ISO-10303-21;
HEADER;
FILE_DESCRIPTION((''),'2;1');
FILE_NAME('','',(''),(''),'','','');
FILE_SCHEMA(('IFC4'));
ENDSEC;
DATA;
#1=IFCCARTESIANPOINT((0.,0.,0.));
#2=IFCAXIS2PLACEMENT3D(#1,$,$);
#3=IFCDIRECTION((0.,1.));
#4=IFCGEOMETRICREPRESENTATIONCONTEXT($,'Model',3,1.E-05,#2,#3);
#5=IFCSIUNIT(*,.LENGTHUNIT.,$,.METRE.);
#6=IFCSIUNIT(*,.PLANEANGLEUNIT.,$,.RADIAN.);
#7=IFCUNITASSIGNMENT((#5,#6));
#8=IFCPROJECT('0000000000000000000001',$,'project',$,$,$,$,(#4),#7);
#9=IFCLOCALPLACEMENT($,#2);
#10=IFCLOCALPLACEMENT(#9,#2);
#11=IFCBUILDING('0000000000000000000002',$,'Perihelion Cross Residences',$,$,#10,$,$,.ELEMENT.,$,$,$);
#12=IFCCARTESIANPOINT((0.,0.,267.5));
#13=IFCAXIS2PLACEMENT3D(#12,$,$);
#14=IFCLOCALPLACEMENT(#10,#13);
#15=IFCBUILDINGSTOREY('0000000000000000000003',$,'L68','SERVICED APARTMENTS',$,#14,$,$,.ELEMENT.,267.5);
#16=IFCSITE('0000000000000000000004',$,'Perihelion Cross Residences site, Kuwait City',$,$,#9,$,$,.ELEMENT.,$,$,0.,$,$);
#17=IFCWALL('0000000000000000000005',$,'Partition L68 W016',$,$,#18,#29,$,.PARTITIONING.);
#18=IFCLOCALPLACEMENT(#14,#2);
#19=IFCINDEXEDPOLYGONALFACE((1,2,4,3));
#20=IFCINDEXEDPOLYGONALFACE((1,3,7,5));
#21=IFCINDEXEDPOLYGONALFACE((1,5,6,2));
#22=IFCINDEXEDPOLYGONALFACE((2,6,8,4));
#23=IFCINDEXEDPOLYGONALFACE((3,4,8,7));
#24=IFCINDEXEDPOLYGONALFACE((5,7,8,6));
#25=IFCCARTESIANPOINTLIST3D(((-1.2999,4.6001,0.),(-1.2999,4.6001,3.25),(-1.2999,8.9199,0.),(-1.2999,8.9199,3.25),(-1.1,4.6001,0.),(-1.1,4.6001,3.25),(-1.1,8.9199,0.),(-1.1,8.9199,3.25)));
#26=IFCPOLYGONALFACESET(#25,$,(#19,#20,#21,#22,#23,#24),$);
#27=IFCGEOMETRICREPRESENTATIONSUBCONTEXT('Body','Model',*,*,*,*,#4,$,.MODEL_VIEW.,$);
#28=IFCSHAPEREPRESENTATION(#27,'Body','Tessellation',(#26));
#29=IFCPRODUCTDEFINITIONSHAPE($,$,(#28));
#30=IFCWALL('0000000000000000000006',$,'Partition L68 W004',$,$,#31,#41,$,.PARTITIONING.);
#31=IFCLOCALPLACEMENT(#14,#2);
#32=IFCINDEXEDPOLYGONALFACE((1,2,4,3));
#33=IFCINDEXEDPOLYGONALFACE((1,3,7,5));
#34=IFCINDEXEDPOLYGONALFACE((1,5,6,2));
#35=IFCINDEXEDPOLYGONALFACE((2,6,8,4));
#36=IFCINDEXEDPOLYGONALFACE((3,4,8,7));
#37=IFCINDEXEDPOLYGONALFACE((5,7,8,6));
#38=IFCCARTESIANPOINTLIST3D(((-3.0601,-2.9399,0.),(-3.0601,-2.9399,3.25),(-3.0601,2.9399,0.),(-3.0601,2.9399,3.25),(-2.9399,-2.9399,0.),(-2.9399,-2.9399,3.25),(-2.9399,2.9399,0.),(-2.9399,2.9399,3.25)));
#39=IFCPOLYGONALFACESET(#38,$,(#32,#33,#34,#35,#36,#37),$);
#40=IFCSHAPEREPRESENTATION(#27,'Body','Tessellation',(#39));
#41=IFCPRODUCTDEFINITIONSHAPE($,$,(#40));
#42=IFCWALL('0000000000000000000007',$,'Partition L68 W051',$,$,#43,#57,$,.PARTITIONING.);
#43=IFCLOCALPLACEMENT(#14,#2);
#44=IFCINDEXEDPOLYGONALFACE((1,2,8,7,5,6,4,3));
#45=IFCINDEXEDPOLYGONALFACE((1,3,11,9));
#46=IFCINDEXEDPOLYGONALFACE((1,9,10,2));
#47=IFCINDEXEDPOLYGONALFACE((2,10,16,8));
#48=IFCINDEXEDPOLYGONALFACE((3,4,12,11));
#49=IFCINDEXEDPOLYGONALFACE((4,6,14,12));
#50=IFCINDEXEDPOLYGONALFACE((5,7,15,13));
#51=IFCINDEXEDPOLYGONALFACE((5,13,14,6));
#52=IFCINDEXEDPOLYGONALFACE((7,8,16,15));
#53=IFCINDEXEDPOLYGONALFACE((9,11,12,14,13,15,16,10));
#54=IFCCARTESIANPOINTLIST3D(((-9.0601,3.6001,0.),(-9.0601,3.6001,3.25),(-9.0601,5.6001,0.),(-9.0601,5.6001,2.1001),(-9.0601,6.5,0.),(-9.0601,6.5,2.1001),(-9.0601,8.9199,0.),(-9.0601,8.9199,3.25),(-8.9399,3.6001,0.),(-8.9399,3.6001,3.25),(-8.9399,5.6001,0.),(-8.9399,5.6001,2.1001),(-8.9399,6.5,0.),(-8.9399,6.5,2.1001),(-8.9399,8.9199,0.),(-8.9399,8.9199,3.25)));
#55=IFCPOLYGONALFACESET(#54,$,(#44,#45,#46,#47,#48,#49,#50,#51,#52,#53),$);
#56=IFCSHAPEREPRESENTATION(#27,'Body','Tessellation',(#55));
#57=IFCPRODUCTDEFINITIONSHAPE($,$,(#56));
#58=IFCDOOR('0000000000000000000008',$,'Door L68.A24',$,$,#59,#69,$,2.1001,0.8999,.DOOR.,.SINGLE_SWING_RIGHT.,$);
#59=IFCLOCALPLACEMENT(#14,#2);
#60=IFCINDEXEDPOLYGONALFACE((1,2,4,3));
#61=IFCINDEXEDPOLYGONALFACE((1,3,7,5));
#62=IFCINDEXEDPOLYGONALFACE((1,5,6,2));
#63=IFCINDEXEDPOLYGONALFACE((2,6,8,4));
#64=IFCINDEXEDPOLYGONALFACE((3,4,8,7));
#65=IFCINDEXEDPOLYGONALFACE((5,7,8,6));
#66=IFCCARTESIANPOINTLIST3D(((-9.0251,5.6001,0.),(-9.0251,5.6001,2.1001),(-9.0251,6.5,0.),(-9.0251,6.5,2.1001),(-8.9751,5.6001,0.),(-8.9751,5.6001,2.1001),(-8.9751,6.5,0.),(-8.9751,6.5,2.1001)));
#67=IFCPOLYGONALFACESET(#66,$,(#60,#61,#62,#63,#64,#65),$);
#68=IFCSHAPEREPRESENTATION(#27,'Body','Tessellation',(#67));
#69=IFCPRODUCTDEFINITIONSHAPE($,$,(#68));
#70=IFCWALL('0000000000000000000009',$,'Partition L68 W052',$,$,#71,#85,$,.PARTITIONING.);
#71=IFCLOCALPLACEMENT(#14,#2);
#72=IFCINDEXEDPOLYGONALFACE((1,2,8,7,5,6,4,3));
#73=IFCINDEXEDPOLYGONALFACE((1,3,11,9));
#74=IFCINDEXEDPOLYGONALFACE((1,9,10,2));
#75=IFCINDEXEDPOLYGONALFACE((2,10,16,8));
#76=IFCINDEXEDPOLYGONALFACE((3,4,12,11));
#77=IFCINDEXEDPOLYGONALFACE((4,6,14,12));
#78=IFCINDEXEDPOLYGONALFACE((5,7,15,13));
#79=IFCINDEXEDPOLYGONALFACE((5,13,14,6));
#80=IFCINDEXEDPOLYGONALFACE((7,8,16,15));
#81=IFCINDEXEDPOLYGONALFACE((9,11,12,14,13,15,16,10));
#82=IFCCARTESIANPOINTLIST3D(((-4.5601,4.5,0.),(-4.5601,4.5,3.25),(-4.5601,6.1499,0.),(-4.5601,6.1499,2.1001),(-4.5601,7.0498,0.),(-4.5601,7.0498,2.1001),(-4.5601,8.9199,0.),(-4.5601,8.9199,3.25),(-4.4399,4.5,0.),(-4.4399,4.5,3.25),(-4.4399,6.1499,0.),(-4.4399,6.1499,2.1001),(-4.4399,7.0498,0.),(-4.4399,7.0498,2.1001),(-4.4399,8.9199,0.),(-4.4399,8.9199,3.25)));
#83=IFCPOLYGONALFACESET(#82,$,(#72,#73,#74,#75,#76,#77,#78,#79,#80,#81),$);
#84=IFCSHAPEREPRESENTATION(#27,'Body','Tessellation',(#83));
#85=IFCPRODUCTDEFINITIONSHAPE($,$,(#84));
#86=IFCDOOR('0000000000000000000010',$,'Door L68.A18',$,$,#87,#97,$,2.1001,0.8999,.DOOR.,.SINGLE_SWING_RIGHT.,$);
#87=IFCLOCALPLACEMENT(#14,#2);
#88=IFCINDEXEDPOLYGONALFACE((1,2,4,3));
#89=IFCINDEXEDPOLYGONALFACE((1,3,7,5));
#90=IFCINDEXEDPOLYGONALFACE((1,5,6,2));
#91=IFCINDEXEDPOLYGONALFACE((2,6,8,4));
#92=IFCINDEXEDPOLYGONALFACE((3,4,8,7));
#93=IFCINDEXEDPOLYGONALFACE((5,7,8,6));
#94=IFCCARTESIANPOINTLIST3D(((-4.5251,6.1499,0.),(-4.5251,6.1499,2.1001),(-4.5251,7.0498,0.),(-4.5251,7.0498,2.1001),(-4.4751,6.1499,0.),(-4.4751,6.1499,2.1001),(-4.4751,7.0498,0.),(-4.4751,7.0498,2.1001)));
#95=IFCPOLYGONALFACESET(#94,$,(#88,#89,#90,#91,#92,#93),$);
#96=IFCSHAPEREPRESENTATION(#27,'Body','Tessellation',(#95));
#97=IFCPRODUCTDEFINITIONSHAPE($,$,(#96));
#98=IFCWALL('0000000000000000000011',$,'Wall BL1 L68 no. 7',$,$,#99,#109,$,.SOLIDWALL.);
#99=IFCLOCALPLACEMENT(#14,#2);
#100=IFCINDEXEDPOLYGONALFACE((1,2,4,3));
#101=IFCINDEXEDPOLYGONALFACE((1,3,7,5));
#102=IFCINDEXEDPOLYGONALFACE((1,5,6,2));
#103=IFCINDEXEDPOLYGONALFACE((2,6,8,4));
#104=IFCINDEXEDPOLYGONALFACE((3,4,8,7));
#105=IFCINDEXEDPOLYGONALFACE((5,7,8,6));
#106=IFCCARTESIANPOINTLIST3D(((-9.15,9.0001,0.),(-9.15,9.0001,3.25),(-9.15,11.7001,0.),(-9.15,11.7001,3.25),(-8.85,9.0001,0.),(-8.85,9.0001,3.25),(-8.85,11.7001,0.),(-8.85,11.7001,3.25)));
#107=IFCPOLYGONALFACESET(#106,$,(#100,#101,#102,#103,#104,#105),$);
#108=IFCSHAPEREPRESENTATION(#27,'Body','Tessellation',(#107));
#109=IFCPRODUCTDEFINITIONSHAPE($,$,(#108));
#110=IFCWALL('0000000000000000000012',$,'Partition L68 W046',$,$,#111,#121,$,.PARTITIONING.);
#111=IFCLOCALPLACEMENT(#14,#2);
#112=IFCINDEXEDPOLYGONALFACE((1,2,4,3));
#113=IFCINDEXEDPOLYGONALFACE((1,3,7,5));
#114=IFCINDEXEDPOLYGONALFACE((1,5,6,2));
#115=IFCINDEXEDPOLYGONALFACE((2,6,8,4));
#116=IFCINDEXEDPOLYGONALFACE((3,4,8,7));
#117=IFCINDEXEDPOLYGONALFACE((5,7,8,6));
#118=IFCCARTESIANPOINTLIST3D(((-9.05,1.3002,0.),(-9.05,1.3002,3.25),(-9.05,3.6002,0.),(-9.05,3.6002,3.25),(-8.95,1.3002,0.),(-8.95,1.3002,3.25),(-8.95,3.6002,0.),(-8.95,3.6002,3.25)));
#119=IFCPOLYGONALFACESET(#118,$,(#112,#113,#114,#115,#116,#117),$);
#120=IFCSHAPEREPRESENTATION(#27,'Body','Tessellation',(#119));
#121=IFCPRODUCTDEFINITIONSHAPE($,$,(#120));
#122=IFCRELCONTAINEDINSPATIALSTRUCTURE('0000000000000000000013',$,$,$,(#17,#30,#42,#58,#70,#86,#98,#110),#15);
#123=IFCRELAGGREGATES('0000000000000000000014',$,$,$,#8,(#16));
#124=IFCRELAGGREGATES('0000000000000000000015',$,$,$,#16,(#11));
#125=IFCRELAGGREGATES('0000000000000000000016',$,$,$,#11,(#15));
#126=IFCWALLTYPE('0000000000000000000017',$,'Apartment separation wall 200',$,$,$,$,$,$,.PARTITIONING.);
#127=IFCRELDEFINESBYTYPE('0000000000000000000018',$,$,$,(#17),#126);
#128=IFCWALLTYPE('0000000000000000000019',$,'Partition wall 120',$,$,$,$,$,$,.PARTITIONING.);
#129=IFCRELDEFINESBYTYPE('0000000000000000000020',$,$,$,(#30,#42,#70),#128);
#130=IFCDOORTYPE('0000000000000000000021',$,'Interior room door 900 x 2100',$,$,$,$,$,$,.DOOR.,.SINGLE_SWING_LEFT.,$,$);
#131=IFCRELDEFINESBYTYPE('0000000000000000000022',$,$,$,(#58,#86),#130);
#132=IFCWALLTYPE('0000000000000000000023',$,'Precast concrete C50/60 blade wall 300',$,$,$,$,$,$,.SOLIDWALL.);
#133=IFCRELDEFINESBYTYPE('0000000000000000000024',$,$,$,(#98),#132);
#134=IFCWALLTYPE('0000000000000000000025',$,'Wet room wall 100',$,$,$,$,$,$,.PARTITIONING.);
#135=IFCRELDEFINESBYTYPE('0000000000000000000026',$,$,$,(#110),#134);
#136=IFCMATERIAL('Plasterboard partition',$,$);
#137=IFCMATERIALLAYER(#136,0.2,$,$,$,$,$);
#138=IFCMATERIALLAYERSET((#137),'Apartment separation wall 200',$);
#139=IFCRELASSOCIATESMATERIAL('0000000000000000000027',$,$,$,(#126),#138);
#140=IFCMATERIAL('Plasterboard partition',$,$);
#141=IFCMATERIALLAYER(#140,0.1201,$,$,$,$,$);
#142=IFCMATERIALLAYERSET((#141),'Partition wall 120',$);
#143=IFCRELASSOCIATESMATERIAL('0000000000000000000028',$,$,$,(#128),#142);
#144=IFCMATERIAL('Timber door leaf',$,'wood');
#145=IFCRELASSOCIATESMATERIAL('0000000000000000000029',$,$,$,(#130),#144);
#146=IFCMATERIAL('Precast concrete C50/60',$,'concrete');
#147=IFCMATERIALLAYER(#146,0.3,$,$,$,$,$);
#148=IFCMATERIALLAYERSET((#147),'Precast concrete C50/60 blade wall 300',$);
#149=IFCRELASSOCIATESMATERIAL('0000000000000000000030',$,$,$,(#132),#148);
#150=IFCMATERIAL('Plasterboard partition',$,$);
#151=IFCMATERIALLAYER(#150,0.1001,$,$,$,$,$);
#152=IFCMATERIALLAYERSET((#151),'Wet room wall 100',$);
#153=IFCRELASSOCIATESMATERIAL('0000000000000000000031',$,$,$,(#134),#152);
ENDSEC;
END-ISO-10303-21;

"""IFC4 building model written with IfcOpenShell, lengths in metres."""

from ifc_helpers import new_model, si_unit, direction, frame, frame_2d, origin, place, context, subcontext, project, spatial, rectangle, extrude, material, layer, layer_set, type_object, element, fill, save


model = new_model("IFC4")

# Units and contexts
model_context = context("Model", 3, precision=1e-05, world=origin(), true_north=direction((0.0, 1.0)))
body_context = subcontext(model_context, "Body", "Model", "MODEL_VIEW")
ifc_project = project(units=[si_unit("LENGTHUNIT", "METRE"), si_unit("PLANEANGLEUNIT", "RADIAN")], contexts=[model_context])

# Site, building, storey
site_placement = place(None, origin())
site = spatial("IfcSite", under=ifc_project, at=site_placement, Name="Perihelion Cross Residences site, Kuwait City", CompositionType="ELEMENT", RefElevation=0.0)
building_placement = place(site_placement, origin())
building = spatial("IfcBuilding", under=site, at=building_placement, Name="Perihelion Cross Residences", CompositionType="ELEMENT")
storey_placement = place(building_placement, frame((0.0, 0.0, 267.5)))
storey = spatial("IfcBuildingStorey", under=building, at=storey_placement, Name="L68", Description="SERVICED APARTMENTS", CompositionType="ELEMENT", Elevation=267.5)

# Wall
ifc_material_1 = material(Name="Plasterboard partition")
ifc_layer_1 = layer(ifc_material_1, 0.2)
ifc_layer_set_1 = layer_set([ifc_layer_1], Name="Apartment separation wall 200")
wall_type_1 = type_object("IfcWallType", Name="Apartment separation wall 200", PredefinedType="PARTITIONING", material=ifc_layer_set_1)
wall_1_placement = place(storey_placement, frame((-1.2, 4.6001, 0.0), z_axis=(0.0, 0.0, 1.0), x_axis=(0.0, 1.0, 0.0)))
element("IfcWall", 1, at=wall_1_placement, inside=storey, type_object=wall_type_1, Name="Partition L68 W016", PredefinedType="PARTITIONING", context=body_context, shape_type="SweptSolid", body=[
    extrude(rectangle(XDim=4.3198, YDim=0.2, at=frame_2d((2.1599, 0.0))), origin(), (0.0, 0.0, 1.0), 3.25),
])

# Wall
ifc_material_2 = material(Name="Plasterboard partition")
ifc_layer_2 = layer(ifc_material_2, 0.1201)
ifc_layer_set_2 = layer_set([ifc_layer_2], Name="Partition wall 120")
wall_type_2 = type_object("IfcWallType", Name="Partition wall 120", PredefinedType="PARTITIONING", material=ifc_layer_set_2)
wall_2_placement = place(storey_placement, frame((-3.0, 2.9399, 0.0), z_axis=(0.0, 0.0, 1.0), x_axis=(0.0, -1.0, 0.0)))
element("IfcWall", 2, at=wall_2_placement, inside=storey, type_object=wall_type_2, Name="Partition L68 W004", PredefinedType="PARTITIONING", context=body_context, shape_type="SweptSolid", body=[
    extrude(rectangle(XDim=5.8799, YDim=0.1201, at=frame_2d((2.9399, 0.0))), origin(), (0.0, 0.0, 1.0), 3.25),
])

# Walls, openings, doors
wall_3_placement = place(storey_placement, frame((-9.0, 8.9199, 0.0), z_axis=(0.0, 0.0, 1.0), x_axis=(0.0, -1.0, 0.0)))
wall_3 = element("IfcWall", 3, at=wall_3_placement, inside=storey, type_object=wall_type_2, Name="Partition L68 W051", PredefinedType="PARTITIONING", context=body_context, shape_type="SweptSolid", body=[
    extrude(rectangle(XDim=5.3198, YDim=0.1201, at=frame_2d((2.6599, 0.0))), origin(), (0.0, 0.0, 1.0), 3.25),
])
opening_1_placement = place(wall_3_placement, frame((2.4199, 0.0, 0.0)))
opening_1 = element("IfcOpeningElement", 4, at=opening_1_placement, cuts=wall_3, PredefinedType="OPENING", context=body_context, shape_type="SweptSolid", body=[
    extrude(rectangle(XDim=0.8999, YDim=2.1001, at=frame_2d((0.45, 1.05))), frame((0.0, 0.0701, 0.0), z_axis=(0.0, -1.0, 0.0), x_axis=(1.0, 0.0, 0.0)), (0.0, 0.0, 1.0), 0.1401),
])
ifc_material_3 = material(Name="Timber door leaf", Category="wood")
door_type_1 = type_object("IfcDoorType", Name="Interior room door 900 x 2100", OperationType="SINGLE_SWING_LEFT", PredefinedType="DOOR", material=ifc_material_3)
door_1_placement = place(opening_1_placement, origin())
door_1 = element("IfcDoor", 5, at=door_1_placement, inside=storey, type_object=door_type_1, Name="Door L68.A24", OperationType="SINGLE_SWING_RIGHT", OverallHeight=2.1001, OverallWidth=0.8999, PredefinedType="DOOR", context=body_context, shape_type="SweptSolid", body=[
    extrude(rectangle(XDim=0.8999, YDim=2.1001, at=frame_2d((0.45, 1.05))), frame((0.0, 0.0249, 0.0), z_axis=(0.0, -1.0, 0.0), x_axis=(1.0, 0.0, 0.0)), (0.0, 0.0, 1.0), 0.05),
])
fill(opening_1, door_1)
wall_4_placement = place(storey_placement, frame((-4.5, 8.9199, 0.0), z_axis=(0.0, 0.0, 1.0), x_axis=(0.0, -1.0, 0.0)))
wall_4 = element("IfcWall", 6, at=wall_4_placement, inside=storey, type_object=wall_type_2, Name="Partition L68 W052", PredefinedType="PARTITIONING", context=body_context, shape_type="SweptSolid", body=[
    extrude(rectangle(XDim=4.4199, YDim=0.1201, at=frame_2d((2.21, 0.0))), origin(), (0.0, 0.0, 1.0), 3.25),
])
opening_2_placement = place(wall_4_placement, frame((1.8701, 0.0, 0.0)))
opening_2 = element("IfcOpeningElement", 7, at=opening_2_placement, cuts=wall_4, PredefinedType="OPENING", context=body_context, shape_type="SweptSolid", body=[
    extrude(rectangle(XDim=0.8999, YDim=2.1001, at=frame_2d((0.45, 1.05))), frame((0.0, 0.0701, 0.0), z_axis=(0.0, -1.0, 0.0), x_axis=(1.0, 0.0, 0.0)), (0.0, 0.0, 1.0), 0.1401),
])
door_2_placement = place(opening_2_placement, origin())
door_2 = element("IfcDoor", 8, at=door_2_placement, inside=storey, type_object=door_type_1, Name="Door L68.A18", OperationType="SINGLE_SWING_RIGHT", OverallHeight=2.1001, OverallWidth=0.8999, PredefinedType="DOOR", context=body_context, shape_type="SweptSolid", body=[
    extrude(rectangle(XDim=0.8999, YDim=2.1001, at=frame_2d((0.45, 1.05))), frame((0.0, 0.0249, 0.0), z_axis=(0.0, -1.0, 0.0), x_axis=(1.0, 0.0, 0.0)), (0.0, 0.0, 1.0), 0.05),
])
fill(opening_2, door_2)

# Walls
ifc_material_4 = material(Name="Precast concrete C50/60", Category="concrete")
ifc_layer_3 = layer(ifc_material_4, 0.3)
ifc_layer_set_3 = layer_set([ifc_layer_3], Name="Precast concrete C50/60 blade wall 300")
wall_type_3 = type_object("IfcWallType", Name="Precast concrete C50/60 blade wall 300", PredefinedType="SOLIDWALL", material=ifc_layer_set_3)
wall_5_placement = place(storey_placement, frame((-9.0, 9.0, 0.0), z_axis=(0.0, 0.0, 1.0), x_axis=(0.0, 1.0, 0.0)))
element("IfcWall", 9, at=wall_5_placement, inside=storey, type_object=wall_type_3, Name="Wall BL1 L68 no. 7", PredefinedType="SOLIDWALL", context=body_context, shape_type="SweptSolid", body=[
    extrude(rectangle(XDim=2.7, YDim=0.3, at=frame_2d((1.3501, 0.0))), origin(), (0.0, 0.0, 1.0), 3.25),
])
ifc_material_5 = material(Name="Plasterboard partition")
ifc_layer_4 = layer(ifc_material_5, 0.1001)
ifc_layer_set_4 = layer_set([ifc_layer_4], Name="Wet room wall 100")
wall_type_4 = type_object("IfcWallType", Name="Wet room wall 100", PredefinedType="PARTITIONING", material=ifc_layer_set_4)
wall_6_placement = place(storey_placement, frame((-9.0, 3.6001, 0.0), z_axis=(0.0, 0.0, 1.0), x_axis=(0.0, -1.0, 0.0)))
element("IfcWall", 10, at=wall_6_placement, inside=storey, type_object=wall_type_4, Name="Partition L68 W046", PredefinedType="PARTITIONING", context=body_context, shape_type="SweptSolid", body=[
    extrude(rectangle(XDim=2.3, YDim=0.1001, at=frame_2d((1.1499, 0.0))), origin(), (0.0, 0.0, 1.0), 3.25),
])

save(model, "model.ifc")
